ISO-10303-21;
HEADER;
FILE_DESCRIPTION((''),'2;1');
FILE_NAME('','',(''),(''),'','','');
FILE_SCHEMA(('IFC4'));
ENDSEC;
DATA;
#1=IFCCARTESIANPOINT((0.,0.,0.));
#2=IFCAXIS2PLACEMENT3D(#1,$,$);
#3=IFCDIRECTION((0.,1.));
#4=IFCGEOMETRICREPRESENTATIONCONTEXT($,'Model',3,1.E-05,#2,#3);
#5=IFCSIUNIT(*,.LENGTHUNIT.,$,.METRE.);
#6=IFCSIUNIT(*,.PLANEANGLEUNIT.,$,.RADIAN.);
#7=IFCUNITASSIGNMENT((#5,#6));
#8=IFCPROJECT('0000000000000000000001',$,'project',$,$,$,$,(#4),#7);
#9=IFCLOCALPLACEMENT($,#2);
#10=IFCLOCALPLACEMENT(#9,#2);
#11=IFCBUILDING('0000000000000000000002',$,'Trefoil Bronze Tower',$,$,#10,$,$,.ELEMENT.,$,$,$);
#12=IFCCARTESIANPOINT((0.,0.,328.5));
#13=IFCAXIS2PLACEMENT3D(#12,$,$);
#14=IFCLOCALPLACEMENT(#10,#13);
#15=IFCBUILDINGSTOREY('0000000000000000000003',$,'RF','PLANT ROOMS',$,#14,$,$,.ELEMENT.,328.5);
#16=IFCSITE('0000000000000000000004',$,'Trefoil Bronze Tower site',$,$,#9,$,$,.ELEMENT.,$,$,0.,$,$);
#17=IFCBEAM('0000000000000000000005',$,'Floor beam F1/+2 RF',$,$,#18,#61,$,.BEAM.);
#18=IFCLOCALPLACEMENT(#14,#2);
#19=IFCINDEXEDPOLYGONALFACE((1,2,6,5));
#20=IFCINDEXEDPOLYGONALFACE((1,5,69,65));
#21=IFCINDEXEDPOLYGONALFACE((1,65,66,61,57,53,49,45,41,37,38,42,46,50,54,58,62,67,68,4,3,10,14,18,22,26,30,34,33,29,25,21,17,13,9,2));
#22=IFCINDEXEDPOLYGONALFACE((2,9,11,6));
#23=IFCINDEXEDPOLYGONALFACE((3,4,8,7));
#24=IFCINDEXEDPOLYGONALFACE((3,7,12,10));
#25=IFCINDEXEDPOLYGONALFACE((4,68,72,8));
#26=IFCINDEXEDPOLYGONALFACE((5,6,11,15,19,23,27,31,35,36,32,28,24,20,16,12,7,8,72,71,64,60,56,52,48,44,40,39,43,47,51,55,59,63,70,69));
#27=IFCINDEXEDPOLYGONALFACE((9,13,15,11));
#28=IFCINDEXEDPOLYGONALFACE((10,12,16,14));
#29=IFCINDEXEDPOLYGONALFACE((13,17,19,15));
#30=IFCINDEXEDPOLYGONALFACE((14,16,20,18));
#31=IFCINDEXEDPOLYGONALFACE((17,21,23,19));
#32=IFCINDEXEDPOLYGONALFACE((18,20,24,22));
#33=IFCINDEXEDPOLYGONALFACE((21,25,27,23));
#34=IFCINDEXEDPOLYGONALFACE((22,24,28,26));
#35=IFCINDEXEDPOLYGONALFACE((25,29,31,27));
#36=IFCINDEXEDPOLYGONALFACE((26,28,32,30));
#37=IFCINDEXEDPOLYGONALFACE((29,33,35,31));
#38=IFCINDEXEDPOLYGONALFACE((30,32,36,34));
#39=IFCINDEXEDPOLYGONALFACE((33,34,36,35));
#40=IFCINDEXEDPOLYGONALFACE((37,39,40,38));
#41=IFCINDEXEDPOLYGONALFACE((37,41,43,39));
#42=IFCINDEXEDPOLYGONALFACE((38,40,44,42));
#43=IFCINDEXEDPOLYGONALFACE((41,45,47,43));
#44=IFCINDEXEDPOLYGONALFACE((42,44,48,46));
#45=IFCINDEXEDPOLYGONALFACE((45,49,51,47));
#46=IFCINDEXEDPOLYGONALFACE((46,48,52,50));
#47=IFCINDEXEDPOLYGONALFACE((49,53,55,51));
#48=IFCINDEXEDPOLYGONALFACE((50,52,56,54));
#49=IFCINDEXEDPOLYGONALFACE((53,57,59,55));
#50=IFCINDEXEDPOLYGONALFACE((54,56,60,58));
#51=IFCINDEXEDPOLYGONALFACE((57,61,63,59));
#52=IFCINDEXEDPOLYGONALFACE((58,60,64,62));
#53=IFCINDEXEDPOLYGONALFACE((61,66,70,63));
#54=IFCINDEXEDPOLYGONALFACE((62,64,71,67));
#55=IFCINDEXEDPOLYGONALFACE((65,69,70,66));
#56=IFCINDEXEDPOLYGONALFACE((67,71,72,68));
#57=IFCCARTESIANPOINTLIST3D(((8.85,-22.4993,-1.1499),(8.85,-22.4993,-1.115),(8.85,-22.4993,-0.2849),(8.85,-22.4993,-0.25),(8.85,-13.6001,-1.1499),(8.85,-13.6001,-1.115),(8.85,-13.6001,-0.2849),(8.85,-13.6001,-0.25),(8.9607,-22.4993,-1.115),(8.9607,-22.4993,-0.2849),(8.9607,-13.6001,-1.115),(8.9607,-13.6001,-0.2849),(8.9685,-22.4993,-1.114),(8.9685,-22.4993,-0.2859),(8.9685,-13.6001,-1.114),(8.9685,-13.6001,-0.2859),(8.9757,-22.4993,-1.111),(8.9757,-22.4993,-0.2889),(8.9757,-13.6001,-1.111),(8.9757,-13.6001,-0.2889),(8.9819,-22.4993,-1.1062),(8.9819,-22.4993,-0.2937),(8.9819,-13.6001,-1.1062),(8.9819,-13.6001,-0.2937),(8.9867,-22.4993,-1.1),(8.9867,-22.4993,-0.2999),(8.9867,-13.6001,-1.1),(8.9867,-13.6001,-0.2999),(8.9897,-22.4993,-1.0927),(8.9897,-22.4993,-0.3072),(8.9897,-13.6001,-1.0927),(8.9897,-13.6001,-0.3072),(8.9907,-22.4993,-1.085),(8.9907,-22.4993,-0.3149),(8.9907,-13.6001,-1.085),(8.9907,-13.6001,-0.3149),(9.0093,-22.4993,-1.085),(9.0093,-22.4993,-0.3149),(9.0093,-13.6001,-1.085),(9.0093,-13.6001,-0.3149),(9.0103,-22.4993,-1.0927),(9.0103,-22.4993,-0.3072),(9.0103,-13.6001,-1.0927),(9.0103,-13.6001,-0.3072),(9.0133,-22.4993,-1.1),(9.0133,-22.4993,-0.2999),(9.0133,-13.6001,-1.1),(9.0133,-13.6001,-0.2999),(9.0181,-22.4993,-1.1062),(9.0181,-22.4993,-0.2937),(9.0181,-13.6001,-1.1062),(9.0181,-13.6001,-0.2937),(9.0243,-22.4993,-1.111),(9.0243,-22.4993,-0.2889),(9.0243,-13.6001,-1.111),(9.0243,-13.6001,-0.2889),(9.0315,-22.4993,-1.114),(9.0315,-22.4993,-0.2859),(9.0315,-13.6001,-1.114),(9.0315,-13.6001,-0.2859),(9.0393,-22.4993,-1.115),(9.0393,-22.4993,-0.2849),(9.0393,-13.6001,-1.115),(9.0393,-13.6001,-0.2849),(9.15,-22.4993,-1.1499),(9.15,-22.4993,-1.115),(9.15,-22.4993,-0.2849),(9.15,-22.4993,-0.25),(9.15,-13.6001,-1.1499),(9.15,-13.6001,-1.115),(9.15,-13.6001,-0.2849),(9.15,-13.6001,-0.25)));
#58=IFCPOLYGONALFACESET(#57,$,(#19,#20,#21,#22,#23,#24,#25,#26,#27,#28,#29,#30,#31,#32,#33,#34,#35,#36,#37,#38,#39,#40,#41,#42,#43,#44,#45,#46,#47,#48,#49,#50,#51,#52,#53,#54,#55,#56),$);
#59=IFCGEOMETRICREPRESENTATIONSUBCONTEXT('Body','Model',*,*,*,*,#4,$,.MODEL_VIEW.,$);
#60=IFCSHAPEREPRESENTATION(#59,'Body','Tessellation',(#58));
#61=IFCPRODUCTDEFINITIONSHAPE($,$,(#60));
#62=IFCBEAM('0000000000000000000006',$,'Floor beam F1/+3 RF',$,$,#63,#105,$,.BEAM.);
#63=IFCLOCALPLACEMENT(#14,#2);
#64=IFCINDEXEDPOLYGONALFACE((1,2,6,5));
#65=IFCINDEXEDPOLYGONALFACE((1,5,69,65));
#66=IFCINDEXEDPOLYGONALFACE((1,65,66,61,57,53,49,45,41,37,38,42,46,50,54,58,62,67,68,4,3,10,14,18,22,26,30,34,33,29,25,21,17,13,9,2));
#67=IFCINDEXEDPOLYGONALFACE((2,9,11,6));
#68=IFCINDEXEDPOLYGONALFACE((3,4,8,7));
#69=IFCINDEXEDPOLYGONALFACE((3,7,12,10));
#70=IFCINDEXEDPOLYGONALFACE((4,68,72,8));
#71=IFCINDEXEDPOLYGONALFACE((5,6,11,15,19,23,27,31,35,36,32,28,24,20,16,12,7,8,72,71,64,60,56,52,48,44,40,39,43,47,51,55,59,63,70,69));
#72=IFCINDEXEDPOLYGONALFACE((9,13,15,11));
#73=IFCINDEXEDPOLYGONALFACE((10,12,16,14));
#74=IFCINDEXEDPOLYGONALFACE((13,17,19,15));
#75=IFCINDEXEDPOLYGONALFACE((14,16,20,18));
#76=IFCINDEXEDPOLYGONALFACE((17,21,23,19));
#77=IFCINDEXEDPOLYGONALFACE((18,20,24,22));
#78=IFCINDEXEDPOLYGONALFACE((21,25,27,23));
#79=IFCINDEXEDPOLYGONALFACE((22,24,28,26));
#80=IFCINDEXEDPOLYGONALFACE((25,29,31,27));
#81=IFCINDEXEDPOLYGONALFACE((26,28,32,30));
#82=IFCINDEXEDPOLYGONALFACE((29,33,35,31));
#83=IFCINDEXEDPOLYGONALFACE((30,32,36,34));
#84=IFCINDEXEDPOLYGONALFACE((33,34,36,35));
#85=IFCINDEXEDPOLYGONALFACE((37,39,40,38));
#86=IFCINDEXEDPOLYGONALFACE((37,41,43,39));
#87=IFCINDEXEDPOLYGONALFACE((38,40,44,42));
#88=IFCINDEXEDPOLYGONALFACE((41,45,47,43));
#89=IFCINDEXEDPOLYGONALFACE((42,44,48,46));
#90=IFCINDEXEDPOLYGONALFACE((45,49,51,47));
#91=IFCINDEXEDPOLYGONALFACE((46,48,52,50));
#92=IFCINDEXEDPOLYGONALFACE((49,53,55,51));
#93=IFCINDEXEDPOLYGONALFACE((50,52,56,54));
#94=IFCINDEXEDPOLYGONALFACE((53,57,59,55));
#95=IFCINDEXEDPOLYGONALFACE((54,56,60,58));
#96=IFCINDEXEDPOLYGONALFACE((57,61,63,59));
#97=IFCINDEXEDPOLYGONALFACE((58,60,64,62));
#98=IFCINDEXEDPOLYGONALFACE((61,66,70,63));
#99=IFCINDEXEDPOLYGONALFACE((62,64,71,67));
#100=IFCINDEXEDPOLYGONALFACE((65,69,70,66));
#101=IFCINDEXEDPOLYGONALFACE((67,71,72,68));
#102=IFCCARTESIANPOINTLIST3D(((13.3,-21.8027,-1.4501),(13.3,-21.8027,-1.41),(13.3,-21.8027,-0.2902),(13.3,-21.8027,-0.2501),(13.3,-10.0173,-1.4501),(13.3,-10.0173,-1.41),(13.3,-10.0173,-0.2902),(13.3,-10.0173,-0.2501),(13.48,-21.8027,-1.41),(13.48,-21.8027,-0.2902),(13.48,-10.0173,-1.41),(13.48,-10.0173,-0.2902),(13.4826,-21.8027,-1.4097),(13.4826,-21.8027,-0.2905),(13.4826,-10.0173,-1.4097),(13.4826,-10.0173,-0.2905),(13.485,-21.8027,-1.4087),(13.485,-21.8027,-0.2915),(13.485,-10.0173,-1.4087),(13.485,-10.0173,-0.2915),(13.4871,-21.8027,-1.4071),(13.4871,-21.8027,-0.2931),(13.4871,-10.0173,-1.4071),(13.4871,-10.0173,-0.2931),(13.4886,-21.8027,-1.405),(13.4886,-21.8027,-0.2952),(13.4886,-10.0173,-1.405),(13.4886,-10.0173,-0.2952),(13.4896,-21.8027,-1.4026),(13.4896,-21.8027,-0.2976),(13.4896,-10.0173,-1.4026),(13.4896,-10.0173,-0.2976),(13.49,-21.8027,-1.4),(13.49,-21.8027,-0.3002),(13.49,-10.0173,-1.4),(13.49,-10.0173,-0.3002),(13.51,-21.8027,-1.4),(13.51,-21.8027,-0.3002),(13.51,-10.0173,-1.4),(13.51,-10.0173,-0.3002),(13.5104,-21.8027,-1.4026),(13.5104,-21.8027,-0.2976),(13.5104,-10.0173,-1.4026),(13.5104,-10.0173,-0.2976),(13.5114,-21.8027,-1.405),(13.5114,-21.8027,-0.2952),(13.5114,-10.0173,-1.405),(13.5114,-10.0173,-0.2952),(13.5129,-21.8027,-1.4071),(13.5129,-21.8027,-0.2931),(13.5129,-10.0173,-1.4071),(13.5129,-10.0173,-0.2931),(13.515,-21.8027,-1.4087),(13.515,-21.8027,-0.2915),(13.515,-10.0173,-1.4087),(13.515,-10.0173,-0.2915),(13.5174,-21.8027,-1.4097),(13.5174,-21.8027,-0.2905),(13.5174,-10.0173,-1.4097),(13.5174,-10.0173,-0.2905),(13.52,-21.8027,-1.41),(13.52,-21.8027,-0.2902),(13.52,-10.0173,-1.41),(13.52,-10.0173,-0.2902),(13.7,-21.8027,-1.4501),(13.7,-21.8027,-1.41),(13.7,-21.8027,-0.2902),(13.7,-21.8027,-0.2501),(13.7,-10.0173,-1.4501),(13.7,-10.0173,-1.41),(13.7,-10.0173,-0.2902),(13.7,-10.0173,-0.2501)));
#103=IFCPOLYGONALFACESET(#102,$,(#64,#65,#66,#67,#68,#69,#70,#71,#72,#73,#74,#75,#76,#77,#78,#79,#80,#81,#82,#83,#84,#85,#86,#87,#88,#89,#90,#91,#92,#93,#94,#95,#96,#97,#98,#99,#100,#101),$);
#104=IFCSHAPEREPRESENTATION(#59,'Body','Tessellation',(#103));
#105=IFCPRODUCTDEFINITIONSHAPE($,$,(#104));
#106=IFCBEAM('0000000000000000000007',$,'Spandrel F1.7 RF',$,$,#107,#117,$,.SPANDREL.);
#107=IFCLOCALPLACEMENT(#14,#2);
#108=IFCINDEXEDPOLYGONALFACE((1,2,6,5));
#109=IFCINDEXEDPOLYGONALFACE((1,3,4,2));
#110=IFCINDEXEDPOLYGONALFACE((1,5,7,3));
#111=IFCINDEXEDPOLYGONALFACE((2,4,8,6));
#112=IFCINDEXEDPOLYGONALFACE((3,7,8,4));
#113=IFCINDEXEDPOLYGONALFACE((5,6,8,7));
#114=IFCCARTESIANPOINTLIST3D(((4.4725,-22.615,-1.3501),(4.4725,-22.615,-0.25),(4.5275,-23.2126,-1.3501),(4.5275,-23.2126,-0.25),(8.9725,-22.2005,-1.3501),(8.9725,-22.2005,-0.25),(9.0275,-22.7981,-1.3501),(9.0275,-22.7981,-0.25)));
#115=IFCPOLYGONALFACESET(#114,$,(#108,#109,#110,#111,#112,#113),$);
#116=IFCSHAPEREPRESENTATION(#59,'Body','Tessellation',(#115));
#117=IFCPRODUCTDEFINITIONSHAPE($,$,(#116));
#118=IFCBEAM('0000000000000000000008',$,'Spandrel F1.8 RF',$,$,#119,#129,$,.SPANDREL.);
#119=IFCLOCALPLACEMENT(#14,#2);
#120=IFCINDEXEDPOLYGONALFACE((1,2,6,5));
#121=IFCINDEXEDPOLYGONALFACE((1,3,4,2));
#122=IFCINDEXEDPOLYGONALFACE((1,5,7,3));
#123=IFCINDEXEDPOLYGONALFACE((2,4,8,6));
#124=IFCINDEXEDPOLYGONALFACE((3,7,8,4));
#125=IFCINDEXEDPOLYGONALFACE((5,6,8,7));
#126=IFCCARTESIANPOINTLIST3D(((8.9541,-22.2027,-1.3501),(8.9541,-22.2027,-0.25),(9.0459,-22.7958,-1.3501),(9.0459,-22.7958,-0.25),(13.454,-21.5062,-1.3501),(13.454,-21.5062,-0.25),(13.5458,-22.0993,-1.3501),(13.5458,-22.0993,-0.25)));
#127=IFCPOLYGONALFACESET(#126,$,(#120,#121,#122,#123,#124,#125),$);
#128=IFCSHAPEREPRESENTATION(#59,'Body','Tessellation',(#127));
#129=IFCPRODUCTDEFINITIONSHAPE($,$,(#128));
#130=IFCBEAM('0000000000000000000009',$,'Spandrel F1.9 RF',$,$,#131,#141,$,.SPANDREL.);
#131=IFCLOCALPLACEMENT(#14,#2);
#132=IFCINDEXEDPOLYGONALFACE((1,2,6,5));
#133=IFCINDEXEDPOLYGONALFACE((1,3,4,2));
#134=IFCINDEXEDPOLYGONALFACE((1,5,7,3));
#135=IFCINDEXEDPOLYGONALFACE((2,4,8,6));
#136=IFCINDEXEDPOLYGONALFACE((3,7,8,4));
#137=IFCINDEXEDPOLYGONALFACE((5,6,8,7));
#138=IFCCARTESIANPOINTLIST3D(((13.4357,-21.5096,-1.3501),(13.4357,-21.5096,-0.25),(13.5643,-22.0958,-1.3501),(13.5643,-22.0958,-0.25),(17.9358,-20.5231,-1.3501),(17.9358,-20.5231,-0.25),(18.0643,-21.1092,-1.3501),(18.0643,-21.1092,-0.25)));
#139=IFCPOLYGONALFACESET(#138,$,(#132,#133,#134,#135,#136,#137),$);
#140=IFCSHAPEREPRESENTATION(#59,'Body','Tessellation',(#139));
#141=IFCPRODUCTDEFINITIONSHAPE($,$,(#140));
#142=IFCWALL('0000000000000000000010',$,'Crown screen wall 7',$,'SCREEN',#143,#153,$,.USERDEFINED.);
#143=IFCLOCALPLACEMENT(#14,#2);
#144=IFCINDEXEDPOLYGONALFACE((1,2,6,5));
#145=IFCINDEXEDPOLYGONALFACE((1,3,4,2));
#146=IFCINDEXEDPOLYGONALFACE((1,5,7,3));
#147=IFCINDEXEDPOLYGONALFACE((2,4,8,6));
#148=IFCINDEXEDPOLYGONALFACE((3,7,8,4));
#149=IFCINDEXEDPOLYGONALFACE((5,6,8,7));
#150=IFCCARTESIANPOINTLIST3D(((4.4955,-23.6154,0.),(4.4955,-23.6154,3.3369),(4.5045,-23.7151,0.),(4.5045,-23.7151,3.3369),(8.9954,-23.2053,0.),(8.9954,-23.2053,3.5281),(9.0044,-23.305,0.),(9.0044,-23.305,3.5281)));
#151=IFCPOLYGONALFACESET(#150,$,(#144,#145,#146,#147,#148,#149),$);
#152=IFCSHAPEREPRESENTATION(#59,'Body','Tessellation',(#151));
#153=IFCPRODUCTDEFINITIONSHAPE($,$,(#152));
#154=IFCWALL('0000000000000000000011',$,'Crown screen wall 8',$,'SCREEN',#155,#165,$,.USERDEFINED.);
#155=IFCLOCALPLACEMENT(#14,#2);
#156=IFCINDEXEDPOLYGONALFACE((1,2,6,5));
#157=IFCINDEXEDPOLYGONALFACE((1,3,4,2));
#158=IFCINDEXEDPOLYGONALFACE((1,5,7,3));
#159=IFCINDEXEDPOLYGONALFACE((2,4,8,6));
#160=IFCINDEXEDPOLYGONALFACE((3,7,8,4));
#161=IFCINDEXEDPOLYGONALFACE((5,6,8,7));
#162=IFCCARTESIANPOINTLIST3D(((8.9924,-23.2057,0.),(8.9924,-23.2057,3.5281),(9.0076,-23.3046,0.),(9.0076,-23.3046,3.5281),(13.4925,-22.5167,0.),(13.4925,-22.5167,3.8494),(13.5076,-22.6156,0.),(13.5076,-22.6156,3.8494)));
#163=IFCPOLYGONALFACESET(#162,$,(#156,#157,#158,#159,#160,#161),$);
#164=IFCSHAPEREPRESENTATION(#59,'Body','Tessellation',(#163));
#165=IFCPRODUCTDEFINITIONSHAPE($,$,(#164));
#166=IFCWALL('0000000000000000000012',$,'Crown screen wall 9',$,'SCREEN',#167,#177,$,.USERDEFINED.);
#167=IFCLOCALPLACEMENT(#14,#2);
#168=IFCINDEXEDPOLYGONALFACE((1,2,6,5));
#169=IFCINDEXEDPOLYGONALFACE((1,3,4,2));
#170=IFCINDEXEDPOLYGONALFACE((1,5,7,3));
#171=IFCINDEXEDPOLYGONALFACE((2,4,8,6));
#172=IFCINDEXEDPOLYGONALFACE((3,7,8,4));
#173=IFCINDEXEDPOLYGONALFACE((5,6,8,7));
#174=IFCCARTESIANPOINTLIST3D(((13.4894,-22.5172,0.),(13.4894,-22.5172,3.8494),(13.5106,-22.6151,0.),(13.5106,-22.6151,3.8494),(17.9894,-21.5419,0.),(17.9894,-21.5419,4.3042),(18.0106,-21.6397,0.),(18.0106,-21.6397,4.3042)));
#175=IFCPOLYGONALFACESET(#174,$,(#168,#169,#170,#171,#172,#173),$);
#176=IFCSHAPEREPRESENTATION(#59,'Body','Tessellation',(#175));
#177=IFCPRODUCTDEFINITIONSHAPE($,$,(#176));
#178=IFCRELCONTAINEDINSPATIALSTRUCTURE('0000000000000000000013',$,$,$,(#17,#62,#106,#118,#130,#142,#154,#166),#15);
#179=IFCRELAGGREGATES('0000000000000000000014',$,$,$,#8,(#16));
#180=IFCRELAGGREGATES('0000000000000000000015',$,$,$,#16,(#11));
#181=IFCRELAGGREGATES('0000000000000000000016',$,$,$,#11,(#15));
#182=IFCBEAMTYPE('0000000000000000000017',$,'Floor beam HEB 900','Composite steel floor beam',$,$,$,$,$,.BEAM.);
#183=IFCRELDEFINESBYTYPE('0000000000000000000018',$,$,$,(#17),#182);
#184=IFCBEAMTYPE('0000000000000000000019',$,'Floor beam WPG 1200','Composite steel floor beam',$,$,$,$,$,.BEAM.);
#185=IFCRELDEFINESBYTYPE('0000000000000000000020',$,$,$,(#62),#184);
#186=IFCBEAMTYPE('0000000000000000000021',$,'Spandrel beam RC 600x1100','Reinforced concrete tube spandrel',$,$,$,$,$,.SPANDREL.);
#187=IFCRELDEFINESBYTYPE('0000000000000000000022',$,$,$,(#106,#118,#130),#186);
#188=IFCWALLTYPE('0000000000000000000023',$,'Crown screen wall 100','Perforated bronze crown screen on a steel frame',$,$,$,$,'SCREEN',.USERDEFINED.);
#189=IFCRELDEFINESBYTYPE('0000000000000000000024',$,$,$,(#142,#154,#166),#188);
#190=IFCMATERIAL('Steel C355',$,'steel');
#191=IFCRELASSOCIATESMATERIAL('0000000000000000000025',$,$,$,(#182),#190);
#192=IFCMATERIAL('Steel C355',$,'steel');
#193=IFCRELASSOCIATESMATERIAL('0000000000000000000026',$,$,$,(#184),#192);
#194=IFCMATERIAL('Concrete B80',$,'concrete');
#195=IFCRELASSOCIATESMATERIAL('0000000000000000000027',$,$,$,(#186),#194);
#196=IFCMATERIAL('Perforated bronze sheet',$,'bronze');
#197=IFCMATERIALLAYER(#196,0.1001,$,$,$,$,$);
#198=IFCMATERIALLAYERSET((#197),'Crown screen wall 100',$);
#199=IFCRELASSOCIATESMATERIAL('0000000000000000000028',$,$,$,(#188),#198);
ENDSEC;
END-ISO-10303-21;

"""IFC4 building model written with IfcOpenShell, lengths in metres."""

from ifc_helpers import new_model, si_unit, direction, frame, origin, origin_2d, place, context, subcontext, project, spatial, polyline, rectangle, i_section, outline, extrude, material, layer, layer_set, material_profile, profile_set, type_object, element, save


model = new_model("IFC4")

# Units and contexts
model_context = context("Model", 3, precision=1e-05, world=origin(), true_north=direction((0.0, 1.0)))
body_context = subcontext(model_context, "Body", "Model", "MODEL_VIEW")
ifc_project = project(units=[si_unit("LENGTHUNIT", "METRE"), si_unit("PLANEANGLEUNIT", "RADIAN")], contexts=[model_context])

# Site, building, storey
site_placement = place(None, origin())
site = spatial("IfcSite", under=ifc_project, at=site_placement, Name="Trefoil Bronze Tower site", CompositionType="ELEMENT", RefElevation=0.0)
building_placement = place(site_placement, origin())
building = spatial("IfcBuilding", under=site, at=building_placement, Name="Trefoil Bronze Tower", CompositionType="ELEMENT")
storey_placement = place(building_placement, frame((0.0, 0.0, 328.5)))
storey = spatial("IfcBuildingStorey", under=building, at=storey_placement, Name="RF", Description="PLANT ROOMS", CompositionType="ELEMENT", Elevation=328.5)

# Beams
ifc_material_1 = material(Name="Steel C355", Category="steel")
ifc_material_profile_1 = material_profile(ifc_material_1, i_section(OverallWidth=0.3, OverallDepth=0.8999, WebThickness=0.0186, FlangeThickness=0.0349, FilletRadius=0.03, at=origin_2d()), Name="HEB 900")
ifc_profile_set_1 = profile_set([ifc_material_profile_1], Name="Steel C355")
beam_type_1 = type_object("IfcBeamType", Name="Floor beam HEB 900", Description="Composite steel floor beam", PredefinedType="BEAM", material=ifc_profile_set_1)
beam_1_placement = place(storey_placement, frame((9.0, -22.4993, -0.7), z_axis=(0.0, 1.0, 0.0), x_axis=(-1.0, 0.0, 0.0)))
element("IfcBeam", 1, at=beam_1_placement, inside=storey, type_object=beam_type_1, Name="Floor beam F1/+2 RF", PredefinedType="BEAM", context=body_context, shape_type="SweptSolid", body=[
    extrude(i_section(OverallWidth=0.3, OverallDepth=0.8999, WebThickness=0.0186, FlangeThickness=0.0349, FilletRadius=0.03, at=origin_2d()), origin(), (0.0, 0.0, 1.0), 8.8992),
])
ifc_material_2 = material(Name="Steel C355", Category="steel")
ifc_material_profile_2 = material_profile(ifc_material_2, i_section(OverallWidth=0.3999, OverallDepth=1.2, WebThickness=0.02, FlangeThickness=0.04, FilletRadius=0.01, at=origin_2d()), Name="WPG 1200")
ifc_profile_set_2 = profile_set([ifc_material_profile_2], Name="Steel C355")
beam_type_2 = type_object("IfcBeamType", Name="Floor beam WPG 1200", Description="Composite steel floor beam", PredefinedType="BEAM", material=ifc_profile_set_2)
beam_2_placement = place(storey_placement, frame((13.5, -21.8027, -0.8501), z_axis=(0.0, 1.0, 0.0), x_axis=(-1.0, 0.0, 0.0)))
element("IfcBeam", 2, at=beam_2_placement, inside=storey, type_object=beam_type_2, Name="Floor beam F1/+3 RF", PredefinedType="BEAM", context=body_context, shape_type="SweptSolid", body=[
    extrude(i_section(OverallWidth=0.3999, OverallDepth=1.2, WebThickness=0.02, FlangeThickness=0.04, FilletRadius=0.01, at=origin_2d()), origin(), (0.0, 0.0, 1.0), 11.7854),
])
ifc_material_3 = material(Name="Concrete B80", Category="concrete")
ifc_material_profile_3 = material_profile(ifc_material_3, rectangle(XDim=0.6001, YDim=1.1001, at=origin_2d()), Name="RC 600x1100")
ifc_profile_set_3 = profile_set([ifc_material_profile_3], Name="Concrete B80")
beam_type_3 = type_object("IfcBeamType", Name="Spandrel beam RC 600x1100", Description="Reinforced concrete tube spandrel", PredefinedType="SPANDREL", material=ifc_profile_set_3)
beam_3_placement = place(storey_placement, frame((4.5, -22.9138, -0.8), z_axis=(0.995784, 0.091734, 0.0), x_axis=(-0.091734, 0.995784, 0.0)))
element("IfcBeam", 3, at=beam_3_placement, inside=storey, type_object=beam_type_3, Name="Spandrel F1.7 RF", PredefinedType="SPANDREL", context=body_context, shape_type="SweptSolid", body=[
    extrude(rectangle(XDim=0.6001, YDim=1.1001, at=origin_2d()), origin(), (0.0, 0.0, 1.0), 4.519),
])
beam_4_placement = place(storey_placement, frame((9.0, -22.4993, -0.8), z_axis=(0.988232, 0.152964, 0.0), x_axis=(-0.152964, 0.988232, 0.0)))
element("IfcBeam", 4, at=beam_4_placement, inside=storey, type_object=beam_type_3, Name="Spandrel F1.8 RF", PredefinedType="SPANDREL", context=body_context, shape_type="SweptSolid", body=[
    extrude(rectangle(XDim=0.6001, YDim=1.1001, at=origin_2d()), origin(), (0.0, 0.0, 1.0), 4.5535),
])
beam_5_placement = place(storey_placement, frame((13.5, -21.8027, -0.8), z_axis=(0.9768, 0.214152, 0.0), x_axis=(-0.214152, 0.9768, 0.0)))
element("IfcBeam", 5, at=beam_5_placement, inside=storey, type_object=beam_type_3, Name="Spandrel F1.9 RF", PredefinedType="SPANDREL", context=body_context, shape_type="SweptSolid", body=[
    extrude(rectangle(XDim=0.6001, YDim=1.1001, at=origin_2d()), origin(), (0.0, 0.0, 1.0), 4.6069),
])

# Walls
ifc_material_4 = material(Name="Perforated bronze sheet", Category="bronze")
ifc_layer = layer(ifc_material_4, 0.1001)
ifc_layer_set = layer_set([ifc_layer], Name="Crown screen wall 100")
wall_type = type_object("IfcWallType", Name="Crown screen wall 100", Description="Perforated bronze crown screen on a steel frame", ElementType="SCREEN", PredefinedType="USERDEFINED", material=ifc_layer_set)
wall_1_placement = place(storey_placement, frame((4.5, -23.6653, 0.0), z_axis=(0.0, 0.0, 1.0), x_axis=(0.995872, 0.09077, 0.0)))
element("IfcWall", 6, at=wall_1_placement, inside=storey, type_object=wall_type, Name="Crown screen wall 7", ObjectType="SCREEN", PredefinedType="USERDEFINED", context=body_context, shape_type="SweptSolid", body=[
    extrude(outline(polyline([(0.0, 0.0), (4.5186, 0.0), (4.5186, 3.5281), (0.0, 3.3369), (0.0, 0.0)])), frame((0.0, 0.05, 0.0), z_axis=(0.0, -1.0, 0.0), x_axis=(1.0, 0.0, 0.0)), (0.0, 0.0, 1.0), 0.1001),
])
wall_2_placement = place(storey_placement, frame((9.0, -23.2551, 0.0), z_axis=(0.0, 0.0, 1.0), x_axis=(0.988482, 0.15134, 0.0)))
element("IfcWall", 7, at=wall_2_placement, inside=storey, type_object=wall_type, Name="Crown screen wall 8", ObjectType="SCREEN", PredefinedType="USERDEFINED", context=body_context, shape_type="SweptSolid", body=[
    extrude(outline(polyline([(0.0, 0.0), (4.5525, 0.0), (4.5525, 3.8494), (0.0, 3.5281), (0.0, 0.0)])), frame((0.0, 0.05, 0.0), z_axis=(0.0, -1.0, 0.0), x_axis=(1.0, 0.0, 0.0)), (0.0, 0.0, 1.0), 0.1001),
])
wall_3_placement = place(storey_placement, frame((13.5, -22.5662, 0.0), z_axis=(0.0, 0.0, 1.0), x_axis=(0.977308, 0.211824, 0.0)))
element("IfcWall", 8, at=wall_3_placement, inside=storey, type_object=wall_type, Name="Crown screen wall 9", ObjectType="SCREEN", PredefinedType="USERDEFINED", context=body_context, shape_type="SweptSolid", body=[
    extrude(outline(polyline([(0.0, 0.0), (4.6045, 0.0), (4.6045, 4.3042), (0.0, 3.8494), (0.0, 0.0)])), frame((0.0, 0.05, 0.0), z_axis=(0.0, -1.0, 0.0), x_axis=(1.0, 0.0, 0.0)), (0.0, 0.0, 1.0), 0.1001),
])

save(model, "model.ifc")
